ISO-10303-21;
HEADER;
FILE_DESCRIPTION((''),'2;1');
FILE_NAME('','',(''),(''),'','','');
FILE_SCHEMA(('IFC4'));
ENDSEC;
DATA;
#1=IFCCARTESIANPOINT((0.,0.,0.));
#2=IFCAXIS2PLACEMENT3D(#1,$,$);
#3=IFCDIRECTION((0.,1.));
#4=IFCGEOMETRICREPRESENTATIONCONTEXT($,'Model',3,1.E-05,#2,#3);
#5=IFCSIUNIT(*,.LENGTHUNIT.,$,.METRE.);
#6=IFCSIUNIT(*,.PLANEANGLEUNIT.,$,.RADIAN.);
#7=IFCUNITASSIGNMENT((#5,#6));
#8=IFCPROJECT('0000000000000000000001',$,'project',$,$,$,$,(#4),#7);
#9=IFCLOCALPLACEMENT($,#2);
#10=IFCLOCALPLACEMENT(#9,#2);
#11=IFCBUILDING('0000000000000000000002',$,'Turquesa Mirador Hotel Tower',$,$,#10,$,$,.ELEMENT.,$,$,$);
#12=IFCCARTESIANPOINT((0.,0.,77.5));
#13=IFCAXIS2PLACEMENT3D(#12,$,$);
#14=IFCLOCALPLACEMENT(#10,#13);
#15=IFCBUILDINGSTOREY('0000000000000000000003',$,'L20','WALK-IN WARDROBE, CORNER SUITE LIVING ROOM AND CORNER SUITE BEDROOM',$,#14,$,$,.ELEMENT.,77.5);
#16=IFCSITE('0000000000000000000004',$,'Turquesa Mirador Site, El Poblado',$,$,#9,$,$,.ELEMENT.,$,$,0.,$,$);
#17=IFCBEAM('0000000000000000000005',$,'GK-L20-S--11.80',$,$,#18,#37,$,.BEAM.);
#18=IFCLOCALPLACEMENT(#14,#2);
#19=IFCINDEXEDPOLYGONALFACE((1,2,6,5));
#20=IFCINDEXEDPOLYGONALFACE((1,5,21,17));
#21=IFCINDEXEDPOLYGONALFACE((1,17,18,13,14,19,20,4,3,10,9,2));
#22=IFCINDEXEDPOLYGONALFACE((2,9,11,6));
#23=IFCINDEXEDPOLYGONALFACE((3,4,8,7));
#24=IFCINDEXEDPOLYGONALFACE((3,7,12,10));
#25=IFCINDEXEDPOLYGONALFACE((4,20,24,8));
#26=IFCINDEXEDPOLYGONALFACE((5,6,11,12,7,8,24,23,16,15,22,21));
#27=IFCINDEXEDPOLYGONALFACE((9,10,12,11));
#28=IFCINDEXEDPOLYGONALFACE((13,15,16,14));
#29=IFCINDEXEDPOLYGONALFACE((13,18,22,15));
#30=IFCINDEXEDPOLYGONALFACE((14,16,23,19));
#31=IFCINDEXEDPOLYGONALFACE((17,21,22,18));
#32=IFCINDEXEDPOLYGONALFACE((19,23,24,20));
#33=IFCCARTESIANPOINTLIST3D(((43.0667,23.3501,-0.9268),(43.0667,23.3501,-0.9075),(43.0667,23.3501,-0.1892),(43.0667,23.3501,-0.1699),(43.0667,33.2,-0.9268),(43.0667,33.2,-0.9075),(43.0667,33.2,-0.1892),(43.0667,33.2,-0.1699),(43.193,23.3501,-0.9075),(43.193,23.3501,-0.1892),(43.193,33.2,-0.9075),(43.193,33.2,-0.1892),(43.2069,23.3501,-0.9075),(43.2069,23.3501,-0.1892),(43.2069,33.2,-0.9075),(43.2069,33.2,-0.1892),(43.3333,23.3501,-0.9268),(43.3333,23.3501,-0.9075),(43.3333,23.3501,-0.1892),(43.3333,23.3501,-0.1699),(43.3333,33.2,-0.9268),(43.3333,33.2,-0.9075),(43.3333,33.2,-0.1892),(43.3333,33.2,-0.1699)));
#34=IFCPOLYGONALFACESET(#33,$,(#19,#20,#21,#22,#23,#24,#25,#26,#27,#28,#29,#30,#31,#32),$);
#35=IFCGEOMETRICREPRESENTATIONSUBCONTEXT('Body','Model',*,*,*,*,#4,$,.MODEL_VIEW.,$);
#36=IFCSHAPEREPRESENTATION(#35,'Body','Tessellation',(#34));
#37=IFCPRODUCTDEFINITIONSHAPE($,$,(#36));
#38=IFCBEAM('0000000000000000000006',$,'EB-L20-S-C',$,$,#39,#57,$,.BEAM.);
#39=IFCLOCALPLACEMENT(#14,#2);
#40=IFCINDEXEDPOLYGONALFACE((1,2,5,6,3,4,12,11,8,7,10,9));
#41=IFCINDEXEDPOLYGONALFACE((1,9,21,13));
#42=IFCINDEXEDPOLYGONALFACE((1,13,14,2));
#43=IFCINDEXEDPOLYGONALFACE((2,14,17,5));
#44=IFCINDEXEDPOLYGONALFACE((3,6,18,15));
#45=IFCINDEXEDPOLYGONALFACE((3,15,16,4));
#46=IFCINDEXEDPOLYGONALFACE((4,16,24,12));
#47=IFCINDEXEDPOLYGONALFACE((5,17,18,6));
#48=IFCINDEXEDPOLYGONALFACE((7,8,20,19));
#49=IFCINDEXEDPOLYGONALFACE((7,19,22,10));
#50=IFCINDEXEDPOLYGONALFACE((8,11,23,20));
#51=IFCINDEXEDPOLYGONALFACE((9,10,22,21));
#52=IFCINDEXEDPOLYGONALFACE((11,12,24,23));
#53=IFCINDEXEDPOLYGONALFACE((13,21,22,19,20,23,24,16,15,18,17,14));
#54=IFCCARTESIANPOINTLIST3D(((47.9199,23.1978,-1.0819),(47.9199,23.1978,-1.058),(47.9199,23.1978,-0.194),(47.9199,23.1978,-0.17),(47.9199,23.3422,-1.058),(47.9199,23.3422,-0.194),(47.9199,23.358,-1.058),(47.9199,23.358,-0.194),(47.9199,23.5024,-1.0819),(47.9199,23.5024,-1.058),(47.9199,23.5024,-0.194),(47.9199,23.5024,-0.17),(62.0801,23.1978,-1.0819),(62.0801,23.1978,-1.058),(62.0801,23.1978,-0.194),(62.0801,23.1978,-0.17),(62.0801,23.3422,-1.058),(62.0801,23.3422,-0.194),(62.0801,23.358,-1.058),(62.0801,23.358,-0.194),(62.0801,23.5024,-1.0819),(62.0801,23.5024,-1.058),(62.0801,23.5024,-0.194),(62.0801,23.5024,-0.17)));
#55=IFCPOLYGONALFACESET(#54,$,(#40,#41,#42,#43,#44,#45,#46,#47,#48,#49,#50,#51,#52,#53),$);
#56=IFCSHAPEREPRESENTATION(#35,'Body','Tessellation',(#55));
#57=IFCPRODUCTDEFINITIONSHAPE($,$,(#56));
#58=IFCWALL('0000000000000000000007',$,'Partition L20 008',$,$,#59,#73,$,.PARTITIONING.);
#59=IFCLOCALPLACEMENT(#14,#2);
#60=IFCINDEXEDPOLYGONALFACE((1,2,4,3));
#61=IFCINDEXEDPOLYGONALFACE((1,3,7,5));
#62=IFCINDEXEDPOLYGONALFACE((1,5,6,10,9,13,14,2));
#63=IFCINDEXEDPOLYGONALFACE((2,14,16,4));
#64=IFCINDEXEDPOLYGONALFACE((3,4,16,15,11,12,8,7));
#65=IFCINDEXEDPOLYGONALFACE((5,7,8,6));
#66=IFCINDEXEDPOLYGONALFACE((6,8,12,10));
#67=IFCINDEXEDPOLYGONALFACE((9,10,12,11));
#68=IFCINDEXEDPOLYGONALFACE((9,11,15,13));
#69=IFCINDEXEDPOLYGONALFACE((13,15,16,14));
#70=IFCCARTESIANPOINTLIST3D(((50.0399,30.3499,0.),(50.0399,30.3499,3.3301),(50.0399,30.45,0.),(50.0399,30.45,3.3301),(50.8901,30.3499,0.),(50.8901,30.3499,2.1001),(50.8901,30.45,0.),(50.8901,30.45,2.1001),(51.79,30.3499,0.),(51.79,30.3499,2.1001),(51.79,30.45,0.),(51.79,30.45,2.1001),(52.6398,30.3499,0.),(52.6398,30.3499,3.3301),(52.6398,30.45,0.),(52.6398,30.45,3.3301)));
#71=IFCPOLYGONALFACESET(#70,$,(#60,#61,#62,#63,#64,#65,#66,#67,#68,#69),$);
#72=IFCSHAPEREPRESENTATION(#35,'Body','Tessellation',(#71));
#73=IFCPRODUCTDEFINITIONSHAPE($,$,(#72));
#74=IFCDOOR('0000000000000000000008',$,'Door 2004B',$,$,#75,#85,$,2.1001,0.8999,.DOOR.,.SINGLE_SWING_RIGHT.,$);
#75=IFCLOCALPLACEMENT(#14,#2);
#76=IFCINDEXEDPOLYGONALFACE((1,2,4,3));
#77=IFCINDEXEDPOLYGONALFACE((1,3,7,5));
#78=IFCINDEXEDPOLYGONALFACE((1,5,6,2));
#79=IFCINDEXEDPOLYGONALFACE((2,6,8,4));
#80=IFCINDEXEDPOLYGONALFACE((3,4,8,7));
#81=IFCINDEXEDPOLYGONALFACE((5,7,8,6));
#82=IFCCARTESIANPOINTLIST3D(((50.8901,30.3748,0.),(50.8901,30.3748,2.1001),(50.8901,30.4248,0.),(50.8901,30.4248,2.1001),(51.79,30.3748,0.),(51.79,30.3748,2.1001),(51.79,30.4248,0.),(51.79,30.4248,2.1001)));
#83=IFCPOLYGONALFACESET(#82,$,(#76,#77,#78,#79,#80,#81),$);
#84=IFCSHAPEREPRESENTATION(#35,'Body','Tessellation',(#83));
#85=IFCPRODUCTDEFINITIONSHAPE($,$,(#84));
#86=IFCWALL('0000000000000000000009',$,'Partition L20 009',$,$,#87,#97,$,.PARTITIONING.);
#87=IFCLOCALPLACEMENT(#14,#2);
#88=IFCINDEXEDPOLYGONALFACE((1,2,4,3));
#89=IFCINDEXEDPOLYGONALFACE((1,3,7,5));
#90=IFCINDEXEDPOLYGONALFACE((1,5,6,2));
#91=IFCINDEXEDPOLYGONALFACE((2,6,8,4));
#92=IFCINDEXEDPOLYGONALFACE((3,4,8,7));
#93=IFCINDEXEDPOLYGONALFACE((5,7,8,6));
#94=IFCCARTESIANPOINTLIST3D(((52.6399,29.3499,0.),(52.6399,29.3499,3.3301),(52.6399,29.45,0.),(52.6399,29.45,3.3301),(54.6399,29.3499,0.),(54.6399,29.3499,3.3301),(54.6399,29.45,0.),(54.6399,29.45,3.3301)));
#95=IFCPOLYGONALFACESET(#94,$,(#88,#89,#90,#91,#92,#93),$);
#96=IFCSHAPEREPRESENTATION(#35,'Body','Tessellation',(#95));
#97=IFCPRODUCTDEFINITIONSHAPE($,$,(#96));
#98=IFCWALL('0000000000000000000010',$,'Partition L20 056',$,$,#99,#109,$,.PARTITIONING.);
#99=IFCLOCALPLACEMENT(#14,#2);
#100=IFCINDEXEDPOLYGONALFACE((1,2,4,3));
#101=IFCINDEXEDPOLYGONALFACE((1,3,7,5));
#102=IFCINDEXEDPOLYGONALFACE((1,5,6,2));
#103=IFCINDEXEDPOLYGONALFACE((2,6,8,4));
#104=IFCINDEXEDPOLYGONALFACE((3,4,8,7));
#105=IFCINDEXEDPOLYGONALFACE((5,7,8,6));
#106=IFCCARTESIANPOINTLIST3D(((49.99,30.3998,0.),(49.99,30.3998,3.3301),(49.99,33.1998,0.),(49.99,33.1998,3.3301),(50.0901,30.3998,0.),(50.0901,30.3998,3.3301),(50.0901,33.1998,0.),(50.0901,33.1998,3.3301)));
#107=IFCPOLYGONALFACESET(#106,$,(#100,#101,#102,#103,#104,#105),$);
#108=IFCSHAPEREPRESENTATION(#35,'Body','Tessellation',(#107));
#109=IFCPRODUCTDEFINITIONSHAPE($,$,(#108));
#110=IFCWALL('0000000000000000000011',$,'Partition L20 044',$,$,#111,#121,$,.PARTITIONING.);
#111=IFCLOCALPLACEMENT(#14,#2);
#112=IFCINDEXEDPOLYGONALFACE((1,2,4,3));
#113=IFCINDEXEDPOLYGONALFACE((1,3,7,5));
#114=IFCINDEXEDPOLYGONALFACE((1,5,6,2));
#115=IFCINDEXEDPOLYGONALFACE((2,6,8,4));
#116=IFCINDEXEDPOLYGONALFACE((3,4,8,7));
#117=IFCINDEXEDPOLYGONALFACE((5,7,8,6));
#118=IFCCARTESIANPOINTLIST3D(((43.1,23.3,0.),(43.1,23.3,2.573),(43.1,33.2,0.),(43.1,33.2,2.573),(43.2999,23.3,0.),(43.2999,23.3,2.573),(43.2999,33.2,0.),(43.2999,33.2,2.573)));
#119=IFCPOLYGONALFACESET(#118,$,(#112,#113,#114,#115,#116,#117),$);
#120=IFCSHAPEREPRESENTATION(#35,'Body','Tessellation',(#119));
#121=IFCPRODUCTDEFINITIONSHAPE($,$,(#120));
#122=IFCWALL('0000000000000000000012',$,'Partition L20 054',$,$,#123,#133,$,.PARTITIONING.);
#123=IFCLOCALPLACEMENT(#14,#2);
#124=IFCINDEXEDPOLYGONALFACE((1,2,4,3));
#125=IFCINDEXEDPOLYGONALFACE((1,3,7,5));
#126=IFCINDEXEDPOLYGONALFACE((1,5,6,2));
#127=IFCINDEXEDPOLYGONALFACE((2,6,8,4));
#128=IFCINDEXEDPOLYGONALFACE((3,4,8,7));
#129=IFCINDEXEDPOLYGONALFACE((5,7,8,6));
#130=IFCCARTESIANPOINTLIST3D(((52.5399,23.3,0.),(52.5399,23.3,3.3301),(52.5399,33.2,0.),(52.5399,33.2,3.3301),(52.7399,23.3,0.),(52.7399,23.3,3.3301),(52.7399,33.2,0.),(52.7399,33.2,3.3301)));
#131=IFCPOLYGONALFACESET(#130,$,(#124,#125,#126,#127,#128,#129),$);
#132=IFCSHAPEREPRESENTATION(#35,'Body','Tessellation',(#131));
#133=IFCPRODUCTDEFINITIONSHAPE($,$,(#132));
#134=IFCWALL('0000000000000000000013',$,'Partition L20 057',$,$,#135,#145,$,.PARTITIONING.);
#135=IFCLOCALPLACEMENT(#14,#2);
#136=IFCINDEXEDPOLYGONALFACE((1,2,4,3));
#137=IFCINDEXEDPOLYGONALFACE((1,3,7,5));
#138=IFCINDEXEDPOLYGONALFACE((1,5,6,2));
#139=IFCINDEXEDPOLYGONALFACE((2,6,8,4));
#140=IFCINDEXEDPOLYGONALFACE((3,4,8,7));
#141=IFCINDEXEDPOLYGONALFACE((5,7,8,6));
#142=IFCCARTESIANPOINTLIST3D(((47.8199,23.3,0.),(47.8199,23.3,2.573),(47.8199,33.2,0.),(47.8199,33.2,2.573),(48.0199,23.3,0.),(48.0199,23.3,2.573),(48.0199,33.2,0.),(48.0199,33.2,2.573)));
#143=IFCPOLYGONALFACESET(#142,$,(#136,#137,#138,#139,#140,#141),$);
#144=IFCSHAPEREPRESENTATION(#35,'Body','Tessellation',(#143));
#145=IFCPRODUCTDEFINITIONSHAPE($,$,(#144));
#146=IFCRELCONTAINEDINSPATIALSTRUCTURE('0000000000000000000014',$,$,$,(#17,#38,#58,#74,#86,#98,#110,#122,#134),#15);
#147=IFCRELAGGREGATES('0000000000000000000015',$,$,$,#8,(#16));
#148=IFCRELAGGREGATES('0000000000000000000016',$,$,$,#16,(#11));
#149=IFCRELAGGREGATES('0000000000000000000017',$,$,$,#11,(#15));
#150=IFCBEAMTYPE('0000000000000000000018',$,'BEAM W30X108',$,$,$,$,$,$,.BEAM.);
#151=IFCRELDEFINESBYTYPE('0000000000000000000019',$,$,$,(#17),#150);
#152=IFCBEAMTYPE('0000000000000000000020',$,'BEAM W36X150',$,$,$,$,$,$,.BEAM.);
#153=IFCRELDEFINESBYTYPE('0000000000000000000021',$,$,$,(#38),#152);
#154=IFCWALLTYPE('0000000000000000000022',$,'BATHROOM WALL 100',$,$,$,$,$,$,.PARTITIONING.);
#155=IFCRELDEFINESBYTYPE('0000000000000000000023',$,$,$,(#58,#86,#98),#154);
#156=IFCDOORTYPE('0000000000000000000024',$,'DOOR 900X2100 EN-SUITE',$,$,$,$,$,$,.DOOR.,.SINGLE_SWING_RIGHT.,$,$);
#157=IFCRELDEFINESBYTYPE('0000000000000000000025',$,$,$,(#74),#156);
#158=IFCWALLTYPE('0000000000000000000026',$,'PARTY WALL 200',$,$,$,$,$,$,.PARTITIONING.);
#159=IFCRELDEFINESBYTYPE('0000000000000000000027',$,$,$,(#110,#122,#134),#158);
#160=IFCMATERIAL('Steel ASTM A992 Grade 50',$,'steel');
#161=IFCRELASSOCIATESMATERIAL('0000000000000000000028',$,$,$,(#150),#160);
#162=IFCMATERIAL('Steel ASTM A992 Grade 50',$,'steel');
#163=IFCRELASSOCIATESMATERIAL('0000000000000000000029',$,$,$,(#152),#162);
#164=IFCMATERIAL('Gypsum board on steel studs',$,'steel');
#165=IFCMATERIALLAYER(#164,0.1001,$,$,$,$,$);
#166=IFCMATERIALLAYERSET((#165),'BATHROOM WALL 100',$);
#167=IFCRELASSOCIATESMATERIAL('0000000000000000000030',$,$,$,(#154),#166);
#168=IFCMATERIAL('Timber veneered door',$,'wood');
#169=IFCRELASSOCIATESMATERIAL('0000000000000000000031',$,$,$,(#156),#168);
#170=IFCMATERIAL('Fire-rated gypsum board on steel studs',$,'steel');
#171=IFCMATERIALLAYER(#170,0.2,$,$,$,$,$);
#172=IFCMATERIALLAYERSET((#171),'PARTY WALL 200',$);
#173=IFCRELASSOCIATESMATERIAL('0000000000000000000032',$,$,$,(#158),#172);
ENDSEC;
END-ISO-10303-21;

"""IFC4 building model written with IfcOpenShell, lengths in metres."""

from ifc_helpers import new_model, si_unit, direction, frame, frame_2d, origin, origin_2d, place, context, subcontext, project, spatial, rectangle, i_section, extrude, material, layer, layer_set, material_profile, profile_set, type_object, element, fill, save


model = new_model("IFC4")

# Units and contexts
model_context = context("Model", 3, precision=1e-05, world=origin(), true_north=direction((0.0, 1.0)))
body_context = subcontext(model_context, "Body", "Model", "MODEL_VIEW")
ifc_project = project(units=[si_unit("LENGTHUNIT", "METRE"), si_unit("PLANEANGLEUNIT", "RADIAN")], contexts=[model_context])

# Site, building, storey
site_placement = place(None, origin())
site = spatial("IfcSite", under=ifc_project, at=site_placement, Name="Turquesa Mirador Site, El Poblado", CompositionType="ELEMENT", RefElevation=0.0)
building_placement = place(site_placement, origin())
building = spatial("IfcBuilding", under=site, at=building_placement, Name="Turquesa Mirador Hotel Tower", CompositionType="ELEMENT")
storey_placement = place(building_placement, frame((0.0, 0.0, 77.5)))
storey = spatial("IfcBuildingStorey", under=building, at=storey_placement, Name="L20", Description="WALK-IN WARDROBE, CORNER SUITE LIVING ROOM AND CORNER SUITE BEDROOM", CompositionType="ELEMENT", Elevation=77.5)

# Beams
ifc_material_1 = material(Name="Steel ASTM A992 Grade 50", Category="steel")
ifc_material_profile_1 = material_profile(ifc_material_1, i_section(OverallWidth=0.2666, OverallDepth=0.7568, WebThickness=0.0139, FlangeThickness=0.0193, at=origin_2d()), Name="W30X108")
ifc_profile_set_1 = profile_set([ifc_material_profile_1], Name="Steel ASTM A992 Grade 50")
beam_type_1 = type_object("IfcBeamType", Name="BEAM W30X108", PredefinedType="BEAM", material=ifc_profile_set_1)
beam_1_placement = place(storey_placement, frame((43.2, 23.3501, -0.5483), z_axis=(0.0, 1.0, 0.0), x_axis=(-1.0, 0.0, 0.0)))
element("IfcBeam", 1, at=beam_1_placement, inside=storey, type_object=beam_type_1, Name="GK-L20-S--11.80", PredefinedType="BEAM", context=body_context, shape_type="SweptSolid", body=[
    extrude(i_section(OverallWidth=0.2666, OverallDepth=0.7568, WebThickness=0.0139, FlangeThickness=0.0193, at=origin_2d()), origin(), (0.0, 0.0, 1.0), 9.8499),
])
ifc_material_2 = material(Name="Steel ASTM A992 Grade 50", Category="steel")
ifc_material_profile_2 = material_profile(ifc_material_2, i_section(OverallWidth=0.3047, OverallDepth=0.9119, WebThickness=0.0159, FlangeThickness=0.0239, at=origin_2d()), Name="W36X150")
ifc_profile_set_2 = profile_set([ifc_material_profile_2], Name="Steel ASTM A992 Grade 50")
beam_type_2 = type_object("IfcBeamType", Name="BEAM W36X150", PredefinedType="BEAM", material=ifc_profile_set_2)
beam_2_placement = place(storey_placement, frame((47.9199, 23.3501, -0.626), z_axis=(1.0, 0.0, 0.0), x_axis=(0.0, 1.0, 0.0)))
element("IfcBeam", 2, at=beam_2_placement, inside=storey, type_object=beam_type_2, Name="EB-L20-S-C", PredefinedType="BEAM", context=body_context, shape_type="SweptSolid", body=[
    extrude(i_section(OverallWidth=0.3047, OverallDepth=0.9119, WebThickness=0.0159, FlangeThickness=0.0239, at=origin_2d()), origin(), (0.0, 0.0, 1.0), 14.1602),
])

# Wall, opening, door
ifc_material_3 = material(Name="Gypsum board on steel studs", Category="steel")
ifc_layer_1 = layer(ifc_material_3, 0.1001)
ifc_layer_set_1 = layer_set([ifc_layer_1], Name="BATHROOM WALL 100")
wall_type_1 = type_object("IfcWallType", Name="BATHROOM WALL 100", PredefinedType="PARTITIONING", material=ifc_layer_set_1)
wall_1_placement = place(storey_placement, frame((50.04, 30.3999, 0.0), z_axis=(0.0, 0.0, 1.0), x_axis=(1.0, 0.0, 0.0)))
wall_1 = element("IfcWall", 3, at=wall_1_placement, inside=storey, type_object=wall_type_1, Name="Partition L20 008", PredefinedType="PARTITIONING", context=body_context, shape_type="SweptSolid", body=[
    extrude(rectangle(XDim=2.5999, YDim=0.1001, at=frame_2d((1.2998, 0.0))), origin(), (0.0, 0.0, 1.0), 3.3301),
])
opening_placement = place(wall_1_placement, frame((0.8501, 0.0, 0.0)))
opening = element("IfcOpeningElement", 4, at=opening_placement, cuts=wall_1, PredefinedType="OPENING", context=body_context, shape_type="SweptSolid", body=[
    extrude(rectangle(XDim=0.8999, YDim=2.1001, at=frame_2d((0.45, 1.05))), frame((0.0, 0.0601, 0.0), z_axis=(0.0, -1.0, 0.0), x_axis=(1.0, 0.0, 0.0)), (0.0, 0.0, 1.0), 0.1201),
])
ifc_material_4 = material(Name="Timber veneered door", Category="wood")
door_type = type_object("IfcDoorType", Name="DOOR 900X2100 EN-SUITE", OperationType="SINGLE_SWING_RIGHT", PredefinedType="DOOR", material=ifc_material_4)
door_placement = place(opening_placement, origin())
door = element("IfcDoor", 5, at=door_placement, inside=storey, type_object=door_type, Name="Door 2004B", OperationType="SINGLE_SWING_RIGHT", OverallHeight=2.1001, OverallWidth=0.8999, PredefinedType="DOOR", context=body_context, shape_type="SweptSolid", body=[
    extrude(rectangle(XDim=0.8999, YDim=2.1001, at=frame_2d((0.45, 1.05))), frame((0.0, 0.0249, 0.0), z_axis=(0.0, -1.0, 0.0), x_axis=(1.0, 0.0, 0.0)), (0.0, 0.0, 1.0), 0.05),
])
fill(opening, door)

# Walls
wall_2_placement = place(storey_placement, frame((52.6399, 29.3999, 0.0), z_axis=(0.0, 0.0, 1.0), x_axis=(1.0, 0.0, 0.0)))
element("IfcWall", 6, at=wall_2_placement, inside=storey, type_object=wall_type_1, Name="Partition L20 009", PredefinedType="PARTITIONING", context=body_context, shape_type="SweptSolid", body=[
    extrude(rectangle(XDim=2.0, YDim=0.1001, at=frame_2d((1.0, 0.0))), origin(), (0.0, 0.0, 1.0), 3.3301),
])
wall_3_placement = place(storey_placement, frame((50.04, 30.3999, 0.0), z_axis=(0.0, 0.0, 1.0), x_axis=(0.0, 1.0, 0.0)))
element("IfcWall", 7, at=wall_3_placement, inside=storey, type_object=wall_type_1, Name="Partition L20 056", PredefinedType="PARTITIONING", context=body_context, shape_type="SweptSolid", body=[
    extrude(rectangle(XDim=2.8, YDim=0.1001, at=frame_2d((1.3999, 0.0))), origin(), (0.0, 0.0, 1.0), 3.3301),
])
ifc_material_5 = material(Name="Fire-rated gypsum board on steel studs", Category="steel")
ifc_layer_2 = layer(ifc_material_5, 0.2)
ifc_layer_set_2 = layer_set([ifc_layer_2], Name="PARTY WALL 200")
wall_type_2 = type_object("IfcWallType", Name="PARTY WALL 200", PredefinedType="PARTITIONING", material=ifc_layer_set_2)
wall_4_placement = place(storey_placement, frame((43.2, 23.3, 0.0), z_axis=(0.0, 0.0, 1.0), x_axis=(0.0, 1.0, 0.0)))
element("IfcWall", 8, at=wall_4_placement, inside=storey, type_object=wall_type_2, Name="Partition L20 044", PredefinedType="PARTITIONING", context=body_context, shape_type="SweptSolid", body=[
    extrude(rectangle(XDim=9.8999, YDim=0.2, at=frame_2d((4.95, 0.0))), origin(), (0.0, 0.0, 1.0), 2.573),
])
wall_5_placement = place(storey_placement, frame((52.6399, 23.3, 0.0), z_axis=(0.0, 0.0, 1.0), x_axis=(0.0, 1.0, 0.0)))
element("IfcWall", 9, at=wall_5_placement, inside=storey, type_object=wall_type_2, Name="Partition L20 054", PredefinedType="PARTITIONING", context=body_context, shape_type="SweptSolid", body=[
    extrude(rectangle(XDim=9.8999, YDim=0.2, at=frame_2d((4.95, 0.0))), origin(), (0.0, 0.0, 1.0), 3.3301),
])
wall_6_placement = place(storey_placement, frame((47.9199, 23.3, 0.0), z_axis=(0.0, 0.0, 1.0), x_axis=(0.0, 1.0, 0.0)))
element("IfcWall", 10, at=wall_6_placement, inside=storey, type_object=wall_type_2, Name="Partition L20 057", PredefinedType="PARTITIONING", context=body_context, shape_type="SweptSolid", body=[
    extrude(rectangle(XDim=9.8999, YDim=0.2, at=frame_2d((4.95, 0.0))), origin(), (0.0, 0.0, 1.0), 2.573),
])

save(model, "model.ifc")
